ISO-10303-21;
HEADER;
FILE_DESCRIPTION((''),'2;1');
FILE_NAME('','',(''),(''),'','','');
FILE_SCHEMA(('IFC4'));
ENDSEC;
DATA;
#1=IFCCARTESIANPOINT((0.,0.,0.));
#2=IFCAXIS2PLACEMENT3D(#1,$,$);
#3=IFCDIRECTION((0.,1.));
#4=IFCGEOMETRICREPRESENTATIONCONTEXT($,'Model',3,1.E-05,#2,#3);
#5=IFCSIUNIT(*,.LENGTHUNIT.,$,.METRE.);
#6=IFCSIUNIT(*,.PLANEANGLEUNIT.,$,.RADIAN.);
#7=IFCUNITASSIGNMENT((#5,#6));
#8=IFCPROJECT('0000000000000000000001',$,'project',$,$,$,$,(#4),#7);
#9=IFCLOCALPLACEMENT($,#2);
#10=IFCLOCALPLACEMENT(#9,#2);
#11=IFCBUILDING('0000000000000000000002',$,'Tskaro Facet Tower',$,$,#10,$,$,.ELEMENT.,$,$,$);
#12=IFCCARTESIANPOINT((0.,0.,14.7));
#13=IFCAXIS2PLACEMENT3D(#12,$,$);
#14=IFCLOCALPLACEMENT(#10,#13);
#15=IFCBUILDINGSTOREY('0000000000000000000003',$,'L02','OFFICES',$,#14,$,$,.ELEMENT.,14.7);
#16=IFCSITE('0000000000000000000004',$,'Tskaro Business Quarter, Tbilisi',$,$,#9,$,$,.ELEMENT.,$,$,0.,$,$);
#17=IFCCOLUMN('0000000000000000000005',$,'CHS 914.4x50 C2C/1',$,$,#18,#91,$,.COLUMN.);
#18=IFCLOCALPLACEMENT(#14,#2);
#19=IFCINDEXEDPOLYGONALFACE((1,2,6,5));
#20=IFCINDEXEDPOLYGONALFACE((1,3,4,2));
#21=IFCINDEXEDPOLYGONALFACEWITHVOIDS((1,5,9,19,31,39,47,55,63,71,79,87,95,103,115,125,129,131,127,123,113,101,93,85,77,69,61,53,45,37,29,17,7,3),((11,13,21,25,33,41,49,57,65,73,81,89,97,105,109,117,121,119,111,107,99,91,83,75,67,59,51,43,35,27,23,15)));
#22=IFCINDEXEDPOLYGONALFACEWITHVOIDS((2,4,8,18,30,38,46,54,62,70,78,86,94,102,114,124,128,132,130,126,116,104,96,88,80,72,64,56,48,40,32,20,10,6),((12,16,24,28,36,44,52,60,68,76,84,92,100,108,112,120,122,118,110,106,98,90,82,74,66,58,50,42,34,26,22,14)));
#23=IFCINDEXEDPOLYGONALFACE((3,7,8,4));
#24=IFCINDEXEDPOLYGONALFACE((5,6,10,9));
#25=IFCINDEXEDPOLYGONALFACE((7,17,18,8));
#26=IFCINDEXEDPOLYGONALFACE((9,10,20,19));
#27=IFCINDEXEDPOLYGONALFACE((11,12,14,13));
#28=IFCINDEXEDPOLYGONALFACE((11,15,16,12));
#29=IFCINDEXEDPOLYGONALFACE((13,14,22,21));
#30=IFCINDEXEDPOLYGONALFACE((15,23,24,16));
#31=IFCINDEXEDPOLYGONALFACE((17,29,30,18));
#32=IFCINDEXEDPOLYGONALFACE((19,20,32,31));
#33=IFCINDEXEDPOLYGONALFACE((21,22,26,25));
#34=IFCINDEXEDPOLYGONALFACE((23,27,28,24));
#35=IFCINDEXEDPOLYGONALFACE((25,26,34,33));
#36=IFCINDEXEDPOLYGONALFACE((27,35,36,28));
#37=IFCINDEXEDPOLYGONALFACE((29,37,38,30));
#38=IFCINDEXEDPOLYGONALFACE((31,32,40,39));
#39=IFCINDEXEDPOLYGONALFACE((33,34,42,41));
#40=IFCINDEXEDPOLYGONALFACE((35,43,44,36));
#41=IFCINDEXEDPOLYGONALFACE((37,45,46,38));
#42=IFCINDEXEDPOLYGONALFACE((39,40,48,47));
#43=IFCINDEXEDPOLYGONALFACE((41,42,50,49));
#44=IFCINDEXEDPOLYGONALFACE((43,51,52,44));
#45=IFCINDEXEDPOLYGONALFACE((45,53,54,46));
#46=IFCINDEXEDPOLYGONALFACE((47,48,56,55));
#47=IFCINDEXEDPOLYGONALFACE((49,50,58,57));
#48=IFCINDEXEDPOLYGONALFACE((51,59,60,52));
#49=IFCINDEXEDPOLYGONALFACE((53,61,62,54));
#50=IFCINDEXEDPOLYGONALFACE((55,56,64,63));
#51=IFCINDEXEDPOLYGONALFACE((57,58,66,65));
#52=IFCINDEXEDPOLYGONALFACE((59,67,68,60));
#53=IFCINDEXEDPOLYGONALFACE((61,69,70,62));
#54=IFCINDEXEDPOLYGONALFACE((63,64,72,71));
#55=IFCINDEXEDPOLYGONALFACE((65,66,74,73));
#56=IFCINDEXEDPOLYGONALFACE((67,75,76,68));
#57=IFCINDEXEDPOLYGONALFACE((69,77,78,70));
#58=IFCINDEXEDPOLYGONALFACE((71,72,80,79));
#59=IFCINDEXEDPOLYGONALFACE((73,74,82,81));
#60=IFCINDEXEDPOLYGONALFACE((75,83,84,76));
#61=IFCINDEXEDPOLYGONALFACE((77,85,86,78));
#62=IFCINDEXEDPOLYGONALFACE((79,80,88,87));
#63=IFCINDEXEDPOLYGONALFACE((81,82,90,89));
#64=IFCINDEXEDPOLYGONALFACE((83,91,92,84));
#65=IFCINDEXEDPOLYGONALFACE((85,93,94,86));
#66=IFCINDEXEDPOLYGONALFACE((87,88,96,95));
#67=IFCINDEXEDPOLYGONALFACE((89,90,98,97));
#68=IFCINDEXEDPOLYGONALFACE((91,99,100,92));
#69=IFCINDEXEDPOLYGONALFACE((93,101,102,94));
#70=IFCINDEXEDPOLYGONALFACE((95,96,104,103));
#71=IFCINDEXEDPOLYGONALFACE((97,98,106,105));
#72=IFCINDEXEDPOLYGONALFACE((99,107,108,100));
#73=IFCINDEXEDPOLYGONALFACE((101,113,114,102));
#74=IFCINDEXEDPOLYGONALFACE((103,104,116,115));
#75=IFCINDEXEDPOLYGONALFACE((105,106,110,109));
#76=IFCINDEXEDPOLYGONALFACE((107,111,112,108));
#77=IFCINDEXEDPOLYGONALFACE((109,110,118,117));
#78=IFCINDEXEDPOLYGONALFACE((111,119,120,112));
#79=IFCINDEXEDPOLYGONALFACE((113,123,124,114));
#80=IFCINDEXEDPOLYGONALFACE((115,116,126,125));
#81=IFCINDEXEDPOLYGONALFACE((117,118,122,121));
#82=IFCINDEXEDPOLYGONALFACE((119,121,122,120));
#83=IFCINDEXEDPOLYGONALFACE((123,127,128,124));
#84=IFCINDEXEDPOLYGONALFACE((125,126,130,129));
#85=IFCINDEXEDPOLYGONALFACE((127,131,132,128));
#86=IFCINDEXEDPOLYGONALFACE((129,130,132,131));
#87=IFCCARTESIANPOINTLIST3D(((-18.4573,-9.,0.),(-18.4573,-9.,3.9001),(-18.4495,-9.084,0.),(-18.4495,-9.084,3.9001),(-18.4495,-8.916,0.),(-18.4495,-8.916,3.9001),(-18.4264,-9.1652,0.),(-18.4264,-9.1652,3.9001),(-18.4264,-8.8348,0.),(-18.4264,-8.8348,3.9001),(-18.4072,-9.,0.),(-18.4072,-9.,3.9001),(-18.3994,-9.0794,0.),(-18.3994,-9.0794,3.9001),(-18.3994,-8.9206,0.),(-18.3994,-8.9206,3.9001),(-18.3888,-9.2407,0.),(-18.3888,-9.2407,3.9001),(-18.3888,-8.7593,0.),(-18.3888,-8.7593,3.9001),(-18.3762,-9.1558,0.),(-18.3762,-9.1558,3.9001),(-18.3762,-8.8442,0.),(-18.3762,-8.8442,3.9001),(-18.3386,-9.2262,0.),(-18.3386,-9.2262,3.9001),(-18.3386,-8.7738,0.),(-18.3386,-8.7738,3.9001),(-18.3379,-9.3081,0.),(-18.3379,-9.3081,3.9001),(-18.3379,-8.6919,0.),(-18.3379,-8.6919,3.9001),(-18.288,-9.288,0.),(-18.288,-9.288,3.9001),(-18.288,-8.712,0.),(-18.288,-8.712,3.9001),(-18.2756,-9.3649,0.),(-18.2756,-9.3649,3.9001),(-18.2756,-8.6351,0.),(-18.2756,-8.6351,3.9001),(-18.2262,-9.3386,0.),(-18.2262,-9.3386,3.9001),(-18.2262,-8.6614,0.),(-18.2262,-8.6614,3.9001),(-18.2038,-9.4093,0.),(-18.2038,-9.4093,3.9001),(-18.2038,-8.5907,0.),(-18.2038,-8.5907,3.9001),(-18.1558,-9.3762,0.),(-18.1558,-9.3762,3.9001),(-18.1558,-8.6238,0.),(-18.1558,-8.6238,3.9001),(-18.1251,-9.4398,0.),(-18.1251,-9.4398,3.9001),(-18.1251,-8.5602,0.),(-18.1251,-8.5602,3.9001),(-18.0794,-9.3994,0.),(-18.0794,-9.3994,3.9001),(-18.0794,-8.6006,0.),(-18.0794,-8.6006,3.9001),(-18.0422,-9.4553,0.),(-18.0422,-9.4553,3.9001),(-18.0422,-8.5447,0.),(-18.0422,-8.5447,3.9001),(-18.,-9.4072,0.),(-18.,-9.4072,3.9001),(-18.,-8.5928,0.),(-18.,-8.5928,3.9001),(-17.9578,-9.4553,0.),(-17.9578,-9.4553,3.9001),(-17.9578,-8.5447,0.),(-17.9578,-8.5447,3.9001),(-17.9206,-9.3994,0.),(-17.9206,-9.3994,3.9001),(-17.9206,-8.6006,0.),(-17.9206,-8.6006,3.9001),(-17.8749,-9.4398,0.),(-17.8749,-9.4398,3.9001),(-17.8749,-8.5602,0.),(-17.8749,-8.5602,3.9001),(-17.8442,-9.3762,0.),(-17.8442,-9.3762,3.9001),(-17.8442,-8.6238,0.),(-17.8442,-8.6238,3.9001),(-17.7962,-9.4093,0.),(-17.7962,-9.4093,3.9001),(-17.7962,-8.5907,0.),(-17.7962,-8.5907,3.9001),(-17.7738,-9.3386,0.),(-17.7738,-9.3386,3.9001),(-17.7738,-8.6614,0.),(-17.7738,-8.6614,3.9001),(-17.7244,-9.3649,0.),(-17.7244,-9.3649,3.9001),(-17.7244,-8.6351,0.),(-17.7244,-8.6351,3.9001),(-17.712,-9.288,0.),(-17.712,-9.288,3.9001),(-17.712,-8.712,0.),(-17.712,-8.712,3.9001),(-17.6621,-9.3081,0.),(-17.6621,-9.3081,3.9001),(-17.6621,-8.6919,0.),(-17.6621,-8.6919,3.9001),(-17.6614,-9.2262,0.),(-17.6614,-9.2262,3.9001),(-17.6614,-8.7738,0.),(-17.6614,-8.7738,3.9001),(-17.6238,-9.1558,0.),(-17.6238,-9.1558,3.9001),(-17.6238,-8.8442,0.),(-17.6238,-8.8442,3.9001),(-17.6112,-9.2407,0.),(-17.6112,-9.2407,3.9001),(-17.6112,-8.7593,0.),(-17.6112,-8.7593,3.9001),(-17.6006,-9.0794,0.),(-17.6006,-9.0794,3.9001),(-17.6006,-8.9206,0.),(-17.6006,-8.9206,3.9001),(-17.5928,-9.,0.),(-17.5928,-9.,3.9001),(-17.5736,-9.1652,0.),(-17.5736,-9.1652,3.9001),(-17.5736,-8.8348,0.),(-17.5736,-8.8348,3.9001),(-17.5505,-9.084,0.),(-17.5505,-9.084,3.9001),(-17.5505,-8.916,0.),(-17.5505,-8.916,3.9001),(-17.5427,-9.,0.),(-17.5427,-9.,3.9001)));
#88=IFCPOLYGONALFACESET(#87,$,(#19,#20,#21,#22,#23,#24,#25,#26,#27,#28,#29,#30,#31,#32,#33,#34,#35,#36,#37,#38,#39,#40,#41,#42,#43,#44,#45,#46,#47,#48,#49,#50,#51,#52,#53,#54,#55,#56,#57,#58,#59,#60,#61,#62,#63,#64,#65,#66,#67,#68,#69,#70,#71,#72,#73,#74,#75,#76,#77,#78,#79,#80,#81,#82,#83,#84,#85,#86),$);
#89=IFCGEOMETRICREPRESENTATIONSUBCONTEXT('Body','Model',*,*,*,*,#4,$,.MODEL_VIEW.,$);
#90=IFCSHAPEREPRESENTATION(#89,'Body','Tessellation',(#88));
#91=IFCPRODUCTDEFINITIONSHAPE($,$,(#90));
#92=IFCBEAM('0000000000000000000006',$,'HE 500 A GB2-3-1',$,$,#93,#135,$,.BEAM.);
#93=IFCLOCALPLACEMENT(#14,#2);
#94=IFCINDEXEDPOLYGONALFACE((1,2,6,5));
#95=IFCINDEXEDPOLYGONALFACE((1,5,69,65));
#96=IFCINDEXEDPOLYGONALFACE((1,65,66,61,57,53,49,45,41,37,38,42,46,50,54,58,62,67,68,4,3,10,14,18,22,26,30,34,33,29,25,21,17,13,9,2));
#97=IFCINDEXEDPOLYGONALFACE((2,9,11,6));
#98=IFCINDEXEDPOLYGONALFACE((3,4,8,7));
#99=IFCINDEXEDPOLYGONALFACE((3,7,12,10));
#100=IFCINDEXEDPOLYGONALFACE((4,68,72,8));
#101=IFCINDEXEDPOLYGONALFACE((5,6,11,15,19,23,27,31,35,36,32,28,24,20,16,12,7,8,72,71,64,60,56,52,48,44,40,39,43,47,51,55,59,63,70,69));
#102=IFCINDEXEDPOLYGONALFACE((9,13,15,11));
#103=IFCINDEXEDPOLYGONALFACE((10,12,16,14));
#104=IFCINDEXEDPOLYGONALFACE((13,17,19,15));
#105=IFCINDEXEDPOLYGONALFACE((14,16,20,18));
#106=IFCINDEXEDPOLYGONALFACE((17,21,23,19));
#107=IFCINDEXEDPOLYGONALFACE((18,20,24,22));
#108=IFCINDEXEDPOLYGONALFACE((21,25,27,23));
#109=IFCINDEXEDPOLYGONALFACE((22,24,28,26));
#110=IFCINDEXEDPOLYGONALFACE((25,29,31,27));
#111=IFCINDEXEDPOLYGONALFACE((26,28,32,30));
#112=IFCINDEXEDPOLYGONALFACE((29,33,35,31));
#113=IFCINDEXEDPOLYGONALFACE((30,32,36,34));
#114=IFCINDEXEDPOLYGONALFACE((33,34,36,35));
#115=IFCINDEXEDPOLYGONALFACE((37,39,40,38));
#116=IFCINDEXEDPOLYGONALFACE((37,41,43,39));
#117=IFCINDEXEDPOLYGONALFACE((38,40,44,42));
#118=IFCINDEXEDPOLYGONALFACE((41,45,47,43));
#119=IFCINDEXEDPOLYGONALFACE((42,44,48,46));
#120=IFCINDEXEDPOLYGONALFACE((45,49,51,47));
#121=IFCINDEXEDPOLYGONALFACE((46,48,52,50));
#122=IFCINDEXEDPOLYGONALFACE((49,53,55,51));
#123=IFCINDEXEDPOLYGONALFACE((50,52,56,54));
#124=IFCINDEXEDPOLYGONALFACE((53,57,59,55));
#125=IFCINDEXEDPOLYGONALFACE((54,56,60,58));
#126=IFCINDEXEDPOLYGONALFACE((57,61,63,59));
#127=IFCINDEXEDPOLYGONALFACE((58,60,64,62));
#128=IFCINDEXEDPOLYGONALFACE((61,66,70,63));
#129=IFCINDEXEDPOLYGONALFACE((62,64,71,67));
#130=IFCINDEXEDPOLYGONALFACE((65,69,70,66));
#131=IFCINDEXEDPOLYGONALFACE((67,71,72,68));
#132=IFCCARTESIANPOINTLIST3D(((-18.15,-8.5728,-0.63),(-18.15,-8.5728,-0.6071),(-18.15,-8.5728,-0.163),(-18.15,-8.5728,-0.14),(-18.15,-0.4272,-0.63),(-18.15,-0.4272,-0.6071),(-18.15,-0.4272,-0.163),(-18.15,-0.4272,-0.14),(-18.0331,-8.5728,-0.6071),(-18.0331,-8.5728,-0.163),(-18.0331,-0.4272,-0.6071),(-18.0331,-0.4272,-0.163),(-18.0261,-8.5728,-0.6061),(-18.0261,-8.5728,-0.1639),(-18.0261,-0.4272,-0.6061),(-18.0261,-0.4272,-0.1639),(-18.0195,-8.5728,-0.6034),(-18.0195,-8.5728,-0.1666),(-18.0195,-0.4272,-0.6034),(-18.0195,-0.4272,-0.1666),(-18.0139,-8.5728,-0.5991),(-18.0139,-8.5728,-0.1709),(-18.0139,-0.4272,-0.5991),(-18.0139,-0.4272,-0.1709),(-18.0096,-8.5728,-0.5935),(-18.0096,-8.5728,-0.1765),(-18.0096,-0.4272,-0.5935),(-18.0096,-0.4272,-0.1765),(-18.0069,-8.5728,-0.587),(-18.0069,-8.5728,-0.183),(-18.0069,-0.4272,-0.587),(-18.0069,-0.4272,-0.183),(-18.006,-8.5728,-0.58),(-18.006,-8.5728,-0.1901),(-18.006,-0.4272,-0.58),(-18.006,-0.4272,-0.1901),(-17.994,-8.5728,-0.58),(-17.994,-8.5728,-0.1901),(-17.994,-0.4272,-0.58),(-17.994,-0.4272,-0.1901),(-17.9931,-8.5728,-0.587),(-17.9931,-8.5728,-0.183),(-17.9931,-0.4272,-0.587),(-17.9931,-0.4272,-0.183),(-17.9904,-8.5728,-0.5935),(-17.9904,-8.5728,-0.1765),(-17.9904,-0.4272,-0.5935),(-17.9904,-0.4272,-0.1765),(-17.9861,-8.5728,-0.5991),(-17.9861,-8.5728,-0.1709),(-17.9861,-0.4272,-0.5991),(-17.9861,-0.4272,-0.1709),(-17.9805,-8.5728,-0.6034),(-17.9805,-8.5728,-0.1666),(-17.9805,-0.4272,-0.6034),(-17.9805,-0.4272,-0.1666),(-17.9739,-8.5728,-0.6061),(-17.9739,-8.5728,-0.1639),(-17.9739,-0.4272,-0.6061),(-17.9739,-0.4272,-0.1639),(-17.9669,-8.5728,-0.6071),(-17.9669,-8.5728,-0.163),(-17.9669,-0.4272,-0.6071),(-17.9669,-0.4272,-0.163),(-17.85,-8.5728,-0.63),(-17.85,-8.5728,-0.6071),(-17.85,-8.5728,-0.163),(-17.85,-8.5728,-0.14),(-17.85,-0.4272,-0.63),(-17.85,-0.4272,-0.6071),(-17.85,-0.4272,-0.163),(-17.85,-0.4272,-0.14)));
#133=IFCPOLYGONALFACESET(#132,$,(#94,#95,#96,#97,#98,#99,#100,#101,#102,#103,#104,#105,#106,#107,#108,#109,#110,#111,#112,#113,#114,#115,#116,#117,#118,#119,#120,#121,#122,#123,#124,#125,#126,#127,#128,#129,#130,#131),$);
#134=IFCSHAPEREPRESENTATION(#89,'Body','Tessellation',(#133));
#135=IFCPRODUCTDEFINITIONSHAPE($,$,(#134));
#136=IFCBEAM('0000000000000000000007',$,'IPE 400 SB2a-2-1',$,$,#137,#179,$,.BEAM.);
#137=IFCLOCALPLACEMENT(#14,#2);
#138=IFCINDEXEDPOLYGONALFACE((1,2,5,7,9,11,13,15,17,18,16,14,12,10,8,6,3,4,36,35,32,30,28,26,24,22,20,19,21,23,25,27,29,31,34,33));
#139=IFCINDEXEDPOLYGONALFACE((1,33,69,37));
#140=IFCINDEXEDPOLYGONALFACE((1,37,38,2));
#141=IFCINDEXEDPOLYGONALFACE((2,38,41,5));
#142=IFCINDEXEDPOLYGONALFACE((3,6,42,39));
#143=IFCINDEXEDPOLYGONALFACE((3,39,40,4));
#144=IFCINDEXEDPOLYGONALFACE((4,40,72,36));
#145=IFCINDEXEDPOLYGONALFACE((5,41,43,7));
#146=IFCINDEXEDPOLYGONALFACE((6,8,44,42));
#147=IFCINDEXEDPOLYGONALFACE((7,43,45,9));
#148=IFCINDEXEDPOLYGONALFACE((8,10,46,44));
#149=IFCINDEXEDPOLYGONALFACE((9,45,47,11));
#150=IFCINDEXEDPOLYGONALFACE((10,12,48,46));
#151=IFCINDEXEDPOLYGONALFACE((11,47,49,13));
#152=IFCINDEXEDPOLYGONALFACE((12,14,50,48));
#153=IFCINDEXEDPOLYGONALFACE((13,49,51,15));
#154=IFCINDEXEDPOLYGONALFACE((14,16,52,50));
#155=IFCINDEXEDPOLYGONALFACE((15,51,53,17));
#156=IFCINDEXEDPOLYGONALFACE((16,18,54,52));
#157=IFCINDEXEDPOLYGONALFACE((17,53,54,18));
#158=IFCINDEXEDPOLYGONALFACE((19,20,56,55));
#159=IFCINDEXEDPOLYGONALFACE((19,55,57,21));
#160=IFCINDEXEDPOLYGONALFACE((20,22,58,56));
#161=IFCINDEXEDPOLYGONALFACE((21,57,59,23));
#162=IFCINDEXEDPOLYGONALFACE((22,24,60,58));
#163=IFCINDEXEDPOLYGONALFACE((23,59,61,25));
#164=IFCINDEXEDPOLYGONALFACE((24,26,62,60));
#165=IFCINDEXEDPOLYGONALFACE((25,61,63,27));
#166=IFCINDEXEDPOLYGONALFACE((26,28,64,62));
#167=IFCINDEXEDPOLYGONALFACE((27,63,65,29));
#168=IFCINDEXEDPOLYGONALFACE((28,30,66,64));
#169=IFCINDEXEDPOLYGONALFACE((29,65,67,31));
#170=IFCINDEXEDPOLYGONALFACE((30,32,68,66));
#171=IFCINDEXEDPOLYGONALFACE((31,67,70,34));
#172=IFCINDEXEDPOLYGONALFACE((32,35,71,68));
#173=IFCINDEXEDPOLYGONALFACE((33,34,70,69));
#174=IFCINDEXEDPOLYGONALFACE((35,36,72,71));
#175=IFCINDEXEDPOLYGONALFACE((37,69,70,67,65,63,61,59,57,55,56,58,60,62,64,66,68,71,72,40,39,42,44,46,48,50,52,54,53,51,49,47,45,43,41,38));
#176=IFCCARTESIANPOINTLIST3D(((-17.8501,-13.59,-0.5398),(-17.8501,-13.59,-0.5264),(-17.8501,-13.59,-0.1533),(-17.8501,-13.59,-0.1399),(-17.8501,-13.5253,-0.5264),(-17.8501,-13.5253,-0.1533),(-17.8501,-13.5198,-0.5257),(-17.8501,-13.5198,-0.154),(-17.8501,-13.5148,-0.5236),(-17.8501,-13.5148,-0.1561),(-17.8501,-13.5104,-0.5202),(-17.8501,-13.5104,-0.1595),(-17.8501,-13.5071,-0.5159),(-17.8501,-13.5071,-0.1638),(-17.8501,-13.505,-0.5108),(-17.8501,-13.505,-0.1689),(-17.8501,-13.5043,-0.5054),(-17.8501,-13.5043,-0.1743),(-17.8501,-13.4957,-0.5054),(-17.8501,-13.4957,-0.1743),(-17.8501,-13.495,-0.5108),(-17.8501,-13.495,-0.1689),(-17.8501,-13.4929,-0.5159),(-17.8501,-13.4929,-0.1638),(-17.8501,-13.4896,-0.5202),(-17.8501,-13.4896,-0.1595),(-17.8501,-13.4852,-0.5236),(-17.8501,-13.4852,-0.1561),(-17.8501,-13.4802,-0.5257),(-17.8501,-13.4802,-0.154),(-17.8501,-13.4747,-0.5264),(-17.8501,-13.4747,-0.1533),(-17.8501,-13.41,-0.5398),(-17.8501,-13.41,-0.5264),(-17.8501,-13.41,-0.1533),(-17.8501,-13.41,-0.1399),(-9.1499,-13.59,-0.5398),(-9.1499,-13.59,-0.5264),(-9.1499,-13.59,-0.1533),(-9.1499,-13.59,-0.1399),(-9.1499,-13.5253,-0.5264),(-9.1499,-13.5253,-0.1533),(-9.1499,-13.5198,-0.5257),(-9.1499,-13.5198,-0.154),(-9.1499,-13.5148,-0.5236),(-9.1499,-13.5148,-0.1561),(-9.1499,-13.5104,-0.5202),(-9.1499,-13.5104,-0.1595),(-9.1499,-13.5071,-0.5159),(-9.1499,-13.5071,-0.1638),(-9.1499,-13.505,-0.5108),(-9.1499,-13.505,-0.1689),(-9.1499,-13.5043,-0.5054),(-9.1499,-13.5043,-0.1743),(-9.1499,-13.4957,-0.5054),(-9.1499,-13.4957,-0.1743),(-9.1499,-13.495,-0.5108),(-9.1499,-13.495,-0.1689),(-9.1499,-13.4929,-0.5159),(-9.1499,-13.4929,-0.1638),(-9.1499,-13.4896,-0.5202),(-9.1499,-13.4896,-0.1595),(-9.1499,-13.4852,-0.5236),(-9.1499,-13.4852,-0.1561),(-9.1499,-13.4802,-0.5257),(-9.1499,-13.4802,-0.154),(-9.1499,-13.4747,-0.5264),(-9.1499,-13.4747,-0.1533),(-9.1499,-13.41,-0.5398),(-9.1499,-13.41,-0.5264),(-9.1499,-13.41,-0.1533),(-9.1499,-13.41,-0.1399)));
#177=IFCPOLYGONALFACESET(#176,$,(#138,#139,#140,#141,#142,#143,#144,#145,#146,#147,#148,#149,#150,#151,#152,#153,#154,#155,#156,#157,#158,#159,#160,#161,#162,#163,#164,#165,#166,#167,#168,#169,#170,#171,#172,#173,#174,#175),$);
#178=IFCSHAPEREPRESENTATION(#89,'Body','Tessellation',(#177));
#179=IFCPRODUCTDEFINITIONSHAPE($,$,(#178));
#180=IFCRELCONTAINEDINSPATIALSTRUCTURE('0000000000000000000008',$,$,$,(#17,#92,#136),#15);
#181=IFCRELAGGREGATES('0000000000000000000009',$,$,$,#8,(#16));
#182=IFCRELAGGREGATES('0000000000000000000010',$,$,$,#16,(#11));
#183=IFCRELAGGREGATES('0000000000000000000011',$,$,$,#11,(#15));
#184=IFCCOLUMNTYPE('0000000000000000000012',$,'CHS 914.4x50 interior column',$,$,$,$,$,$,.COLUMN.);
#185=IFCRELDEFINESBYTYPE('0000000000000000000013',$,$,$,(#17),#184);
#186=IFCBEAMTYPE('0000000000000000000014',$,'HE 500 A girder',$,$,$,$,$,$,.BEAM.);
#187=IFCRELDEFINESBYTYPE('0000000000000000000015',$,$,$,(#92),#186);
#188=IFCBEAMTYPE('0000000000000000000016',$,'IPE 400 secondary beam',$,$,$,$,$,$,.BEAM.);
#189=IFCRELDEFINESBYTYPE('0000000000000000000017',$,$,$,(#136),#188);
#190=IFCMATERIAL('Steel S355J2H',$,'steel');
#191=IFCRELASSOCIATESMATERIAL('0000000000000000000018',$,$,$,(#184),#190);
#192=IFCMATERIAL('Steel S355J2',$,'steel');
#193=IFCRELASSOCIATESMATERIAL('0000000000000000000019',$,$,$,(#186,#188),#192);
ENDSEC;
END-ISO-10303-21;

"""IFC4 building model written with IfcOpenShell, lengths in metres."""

from ifc_helpers import new_model, si_unit, direction, frame, origin, origin_2d, place, context, subcontext, project, spatial, hollow_circle, i_section, extrude, material, material_profile, profile_set, type_object, element, save


model = new_model("IFC4")

# Units and contexts
model_context = context("Model", 3, precision=1e-05, world=origin(), true_north=direction((0.0, 1.0)))
body_context = subcontext(model_context, "Body", "Model", "MODEL_VIEW")
ifc_project = project(units=[si_unit("LENGTHUNIT", "METRE"), si_unit("PLANEANGLEUNIT", "RADIAN")], contexts=[model_context])

# Site, building, storey
site_placement = place(None, origin())
site = spatial("IfcSite", under=ifc_project, at=site_placement, Name="Tskaro Business Quarter, Tbilisi", CompositionType="ELEMENT", RefElevation=0.0)
building_placement = place(site_placement, origin())
building = spatial("IfcBuilding", under=site, at=building_placement, Name="Tskaro Facet Tower", CompositionType="ELEMENT")
storey_placement = place(building_placement, frame((0.0, 0.0, 14.7)))
storey = spatial("IfcBuildingStorey", under=building, at=storey_placement, Name="L02", Description="OFFICES", CompositionType="ELEMENT", Elevation=14.7)

# Column
ifc_material_1 = material(Name="Steel S355J2H", Category="steel")
ifc_material_profile_1 = material_profile(ifc_material_1, hollow_circle(Radius=0.4573, WallThickness=0.05, at=origin_2d()), Name="CHS 914.4x50")
ifc_profile_set_1 = profile_set([ifc_material_profile_1], Name="Steel S355J2H")
column_type = type_object("IfcColumnType", Name="CHS 914.4x50 interior column", PredefinedType="COLUMN", material=ifc_profile_set_1)
column_placement = place(storey_placement, frame((-18.0, -9.0, 0.0), z_axis=(0.0, 0.0, 1.0), x_axis=(1.0, 0.0, 0.0)))
element("IfcColumn", 1, at=column_placement, inside=storey, type_object=column_type, Name="CHS 914.4x50 C2C/1", PredefinedType="COLUMN", context=body_context, shape_type="SweptSolid", body=[
    extrude(hollow_circle(Radius=0.4573, WallThickness=0.05, at=origin_2d()), origin(), (0.0, 0.0, 1.0), 3.9001),
])

# Beams
ifc_material_2 = material(Name="Steel S355J2", Category="steel")
ifc_material_profile_2 = material_profile(ifc_material_2, i_section(OverallWidth=0.3, OverallDepth=0.49, WebThickness=0.012, FlangeThickness=0.0229, FilletRadius=0.0271, at=origin_2d()), Name="HE 500 A")
ifc_profile_set_2 = profile_set([ifc_material_profile_2], Name="Steel S355J2")
beam_type_1 = type_object("IfcBeamType", Name="HE 500 A girder", PredefinedType="BEAM", material=ifc_profile_set_2)
beam_1_placement = place(storey_placement, frame((-18.0, -8.5728, -0.385), z_axis=(0.0, 1.0, 0.0), x_axis=(-1.0, 0.0, 0.0)))
element("IfcBeam", 2, at=beam_1_placement, inside=storey, type_object=beam_type_1, Name="HE 500 A GB2-3-1", PredefinedType="BEAM", context=body_context, shape_type="SweptSolid", body=[
    extrude(i_section(OverallWidth=0.3, OverallDepth=0.49, WebThickness=0.012, FlangeThickness=0.0229, FilletRadius=0.0271, at=origin_2d()), origin(), (0.0, 0.0, 1.0), 8.1455),
])
ifc_material_profile_3 = material_profile(ifc_material_2, i_section(OverallWidth=0.1799, OverallDepth=0.3999, WebThickness=0.0085, FlangeThickness=0.0134, FilletRadius=0.021, at=origin_2d()), Name="IPE 400")
ifc_profile_set_3 = profile_set([ifc_material_profile_3], Name="Steel S355J2")
beam_type_2 = type_object("IfcBeamType", Name="IPE 400 secondary beam", PredefinedType="BEAM", material=ifc_profile_set_3)
for number, where, z_axis, x_axis, name in (
    (3, (-17.8501, -13.5, -0.3398), (1.0, 0.0, 0.0), (0.0, 1.0, 0.0), "IPE 400 SB2a-2-1"),
):
    element("IfcBeam", number, at=place(storey_placement, frame(where, z_axis=z_axis, x_axis=x_axis)), inside=storey, type_object=beam_type_2, Name=name, PredefinedType="BEAM", context=body_context, shape_type="SweptSolid", body=[
        extrude(i_section(OverallWidth=0.1799, OverallDepth=0.3999, WebThickness=0.0085, FlangeThickness=0.0134, FilletRadius=0.021, at=origin_2d()), origin(), (0.0, 0.0, 1.0), 8.7002),
    ])

save(model, "model.ifc")
